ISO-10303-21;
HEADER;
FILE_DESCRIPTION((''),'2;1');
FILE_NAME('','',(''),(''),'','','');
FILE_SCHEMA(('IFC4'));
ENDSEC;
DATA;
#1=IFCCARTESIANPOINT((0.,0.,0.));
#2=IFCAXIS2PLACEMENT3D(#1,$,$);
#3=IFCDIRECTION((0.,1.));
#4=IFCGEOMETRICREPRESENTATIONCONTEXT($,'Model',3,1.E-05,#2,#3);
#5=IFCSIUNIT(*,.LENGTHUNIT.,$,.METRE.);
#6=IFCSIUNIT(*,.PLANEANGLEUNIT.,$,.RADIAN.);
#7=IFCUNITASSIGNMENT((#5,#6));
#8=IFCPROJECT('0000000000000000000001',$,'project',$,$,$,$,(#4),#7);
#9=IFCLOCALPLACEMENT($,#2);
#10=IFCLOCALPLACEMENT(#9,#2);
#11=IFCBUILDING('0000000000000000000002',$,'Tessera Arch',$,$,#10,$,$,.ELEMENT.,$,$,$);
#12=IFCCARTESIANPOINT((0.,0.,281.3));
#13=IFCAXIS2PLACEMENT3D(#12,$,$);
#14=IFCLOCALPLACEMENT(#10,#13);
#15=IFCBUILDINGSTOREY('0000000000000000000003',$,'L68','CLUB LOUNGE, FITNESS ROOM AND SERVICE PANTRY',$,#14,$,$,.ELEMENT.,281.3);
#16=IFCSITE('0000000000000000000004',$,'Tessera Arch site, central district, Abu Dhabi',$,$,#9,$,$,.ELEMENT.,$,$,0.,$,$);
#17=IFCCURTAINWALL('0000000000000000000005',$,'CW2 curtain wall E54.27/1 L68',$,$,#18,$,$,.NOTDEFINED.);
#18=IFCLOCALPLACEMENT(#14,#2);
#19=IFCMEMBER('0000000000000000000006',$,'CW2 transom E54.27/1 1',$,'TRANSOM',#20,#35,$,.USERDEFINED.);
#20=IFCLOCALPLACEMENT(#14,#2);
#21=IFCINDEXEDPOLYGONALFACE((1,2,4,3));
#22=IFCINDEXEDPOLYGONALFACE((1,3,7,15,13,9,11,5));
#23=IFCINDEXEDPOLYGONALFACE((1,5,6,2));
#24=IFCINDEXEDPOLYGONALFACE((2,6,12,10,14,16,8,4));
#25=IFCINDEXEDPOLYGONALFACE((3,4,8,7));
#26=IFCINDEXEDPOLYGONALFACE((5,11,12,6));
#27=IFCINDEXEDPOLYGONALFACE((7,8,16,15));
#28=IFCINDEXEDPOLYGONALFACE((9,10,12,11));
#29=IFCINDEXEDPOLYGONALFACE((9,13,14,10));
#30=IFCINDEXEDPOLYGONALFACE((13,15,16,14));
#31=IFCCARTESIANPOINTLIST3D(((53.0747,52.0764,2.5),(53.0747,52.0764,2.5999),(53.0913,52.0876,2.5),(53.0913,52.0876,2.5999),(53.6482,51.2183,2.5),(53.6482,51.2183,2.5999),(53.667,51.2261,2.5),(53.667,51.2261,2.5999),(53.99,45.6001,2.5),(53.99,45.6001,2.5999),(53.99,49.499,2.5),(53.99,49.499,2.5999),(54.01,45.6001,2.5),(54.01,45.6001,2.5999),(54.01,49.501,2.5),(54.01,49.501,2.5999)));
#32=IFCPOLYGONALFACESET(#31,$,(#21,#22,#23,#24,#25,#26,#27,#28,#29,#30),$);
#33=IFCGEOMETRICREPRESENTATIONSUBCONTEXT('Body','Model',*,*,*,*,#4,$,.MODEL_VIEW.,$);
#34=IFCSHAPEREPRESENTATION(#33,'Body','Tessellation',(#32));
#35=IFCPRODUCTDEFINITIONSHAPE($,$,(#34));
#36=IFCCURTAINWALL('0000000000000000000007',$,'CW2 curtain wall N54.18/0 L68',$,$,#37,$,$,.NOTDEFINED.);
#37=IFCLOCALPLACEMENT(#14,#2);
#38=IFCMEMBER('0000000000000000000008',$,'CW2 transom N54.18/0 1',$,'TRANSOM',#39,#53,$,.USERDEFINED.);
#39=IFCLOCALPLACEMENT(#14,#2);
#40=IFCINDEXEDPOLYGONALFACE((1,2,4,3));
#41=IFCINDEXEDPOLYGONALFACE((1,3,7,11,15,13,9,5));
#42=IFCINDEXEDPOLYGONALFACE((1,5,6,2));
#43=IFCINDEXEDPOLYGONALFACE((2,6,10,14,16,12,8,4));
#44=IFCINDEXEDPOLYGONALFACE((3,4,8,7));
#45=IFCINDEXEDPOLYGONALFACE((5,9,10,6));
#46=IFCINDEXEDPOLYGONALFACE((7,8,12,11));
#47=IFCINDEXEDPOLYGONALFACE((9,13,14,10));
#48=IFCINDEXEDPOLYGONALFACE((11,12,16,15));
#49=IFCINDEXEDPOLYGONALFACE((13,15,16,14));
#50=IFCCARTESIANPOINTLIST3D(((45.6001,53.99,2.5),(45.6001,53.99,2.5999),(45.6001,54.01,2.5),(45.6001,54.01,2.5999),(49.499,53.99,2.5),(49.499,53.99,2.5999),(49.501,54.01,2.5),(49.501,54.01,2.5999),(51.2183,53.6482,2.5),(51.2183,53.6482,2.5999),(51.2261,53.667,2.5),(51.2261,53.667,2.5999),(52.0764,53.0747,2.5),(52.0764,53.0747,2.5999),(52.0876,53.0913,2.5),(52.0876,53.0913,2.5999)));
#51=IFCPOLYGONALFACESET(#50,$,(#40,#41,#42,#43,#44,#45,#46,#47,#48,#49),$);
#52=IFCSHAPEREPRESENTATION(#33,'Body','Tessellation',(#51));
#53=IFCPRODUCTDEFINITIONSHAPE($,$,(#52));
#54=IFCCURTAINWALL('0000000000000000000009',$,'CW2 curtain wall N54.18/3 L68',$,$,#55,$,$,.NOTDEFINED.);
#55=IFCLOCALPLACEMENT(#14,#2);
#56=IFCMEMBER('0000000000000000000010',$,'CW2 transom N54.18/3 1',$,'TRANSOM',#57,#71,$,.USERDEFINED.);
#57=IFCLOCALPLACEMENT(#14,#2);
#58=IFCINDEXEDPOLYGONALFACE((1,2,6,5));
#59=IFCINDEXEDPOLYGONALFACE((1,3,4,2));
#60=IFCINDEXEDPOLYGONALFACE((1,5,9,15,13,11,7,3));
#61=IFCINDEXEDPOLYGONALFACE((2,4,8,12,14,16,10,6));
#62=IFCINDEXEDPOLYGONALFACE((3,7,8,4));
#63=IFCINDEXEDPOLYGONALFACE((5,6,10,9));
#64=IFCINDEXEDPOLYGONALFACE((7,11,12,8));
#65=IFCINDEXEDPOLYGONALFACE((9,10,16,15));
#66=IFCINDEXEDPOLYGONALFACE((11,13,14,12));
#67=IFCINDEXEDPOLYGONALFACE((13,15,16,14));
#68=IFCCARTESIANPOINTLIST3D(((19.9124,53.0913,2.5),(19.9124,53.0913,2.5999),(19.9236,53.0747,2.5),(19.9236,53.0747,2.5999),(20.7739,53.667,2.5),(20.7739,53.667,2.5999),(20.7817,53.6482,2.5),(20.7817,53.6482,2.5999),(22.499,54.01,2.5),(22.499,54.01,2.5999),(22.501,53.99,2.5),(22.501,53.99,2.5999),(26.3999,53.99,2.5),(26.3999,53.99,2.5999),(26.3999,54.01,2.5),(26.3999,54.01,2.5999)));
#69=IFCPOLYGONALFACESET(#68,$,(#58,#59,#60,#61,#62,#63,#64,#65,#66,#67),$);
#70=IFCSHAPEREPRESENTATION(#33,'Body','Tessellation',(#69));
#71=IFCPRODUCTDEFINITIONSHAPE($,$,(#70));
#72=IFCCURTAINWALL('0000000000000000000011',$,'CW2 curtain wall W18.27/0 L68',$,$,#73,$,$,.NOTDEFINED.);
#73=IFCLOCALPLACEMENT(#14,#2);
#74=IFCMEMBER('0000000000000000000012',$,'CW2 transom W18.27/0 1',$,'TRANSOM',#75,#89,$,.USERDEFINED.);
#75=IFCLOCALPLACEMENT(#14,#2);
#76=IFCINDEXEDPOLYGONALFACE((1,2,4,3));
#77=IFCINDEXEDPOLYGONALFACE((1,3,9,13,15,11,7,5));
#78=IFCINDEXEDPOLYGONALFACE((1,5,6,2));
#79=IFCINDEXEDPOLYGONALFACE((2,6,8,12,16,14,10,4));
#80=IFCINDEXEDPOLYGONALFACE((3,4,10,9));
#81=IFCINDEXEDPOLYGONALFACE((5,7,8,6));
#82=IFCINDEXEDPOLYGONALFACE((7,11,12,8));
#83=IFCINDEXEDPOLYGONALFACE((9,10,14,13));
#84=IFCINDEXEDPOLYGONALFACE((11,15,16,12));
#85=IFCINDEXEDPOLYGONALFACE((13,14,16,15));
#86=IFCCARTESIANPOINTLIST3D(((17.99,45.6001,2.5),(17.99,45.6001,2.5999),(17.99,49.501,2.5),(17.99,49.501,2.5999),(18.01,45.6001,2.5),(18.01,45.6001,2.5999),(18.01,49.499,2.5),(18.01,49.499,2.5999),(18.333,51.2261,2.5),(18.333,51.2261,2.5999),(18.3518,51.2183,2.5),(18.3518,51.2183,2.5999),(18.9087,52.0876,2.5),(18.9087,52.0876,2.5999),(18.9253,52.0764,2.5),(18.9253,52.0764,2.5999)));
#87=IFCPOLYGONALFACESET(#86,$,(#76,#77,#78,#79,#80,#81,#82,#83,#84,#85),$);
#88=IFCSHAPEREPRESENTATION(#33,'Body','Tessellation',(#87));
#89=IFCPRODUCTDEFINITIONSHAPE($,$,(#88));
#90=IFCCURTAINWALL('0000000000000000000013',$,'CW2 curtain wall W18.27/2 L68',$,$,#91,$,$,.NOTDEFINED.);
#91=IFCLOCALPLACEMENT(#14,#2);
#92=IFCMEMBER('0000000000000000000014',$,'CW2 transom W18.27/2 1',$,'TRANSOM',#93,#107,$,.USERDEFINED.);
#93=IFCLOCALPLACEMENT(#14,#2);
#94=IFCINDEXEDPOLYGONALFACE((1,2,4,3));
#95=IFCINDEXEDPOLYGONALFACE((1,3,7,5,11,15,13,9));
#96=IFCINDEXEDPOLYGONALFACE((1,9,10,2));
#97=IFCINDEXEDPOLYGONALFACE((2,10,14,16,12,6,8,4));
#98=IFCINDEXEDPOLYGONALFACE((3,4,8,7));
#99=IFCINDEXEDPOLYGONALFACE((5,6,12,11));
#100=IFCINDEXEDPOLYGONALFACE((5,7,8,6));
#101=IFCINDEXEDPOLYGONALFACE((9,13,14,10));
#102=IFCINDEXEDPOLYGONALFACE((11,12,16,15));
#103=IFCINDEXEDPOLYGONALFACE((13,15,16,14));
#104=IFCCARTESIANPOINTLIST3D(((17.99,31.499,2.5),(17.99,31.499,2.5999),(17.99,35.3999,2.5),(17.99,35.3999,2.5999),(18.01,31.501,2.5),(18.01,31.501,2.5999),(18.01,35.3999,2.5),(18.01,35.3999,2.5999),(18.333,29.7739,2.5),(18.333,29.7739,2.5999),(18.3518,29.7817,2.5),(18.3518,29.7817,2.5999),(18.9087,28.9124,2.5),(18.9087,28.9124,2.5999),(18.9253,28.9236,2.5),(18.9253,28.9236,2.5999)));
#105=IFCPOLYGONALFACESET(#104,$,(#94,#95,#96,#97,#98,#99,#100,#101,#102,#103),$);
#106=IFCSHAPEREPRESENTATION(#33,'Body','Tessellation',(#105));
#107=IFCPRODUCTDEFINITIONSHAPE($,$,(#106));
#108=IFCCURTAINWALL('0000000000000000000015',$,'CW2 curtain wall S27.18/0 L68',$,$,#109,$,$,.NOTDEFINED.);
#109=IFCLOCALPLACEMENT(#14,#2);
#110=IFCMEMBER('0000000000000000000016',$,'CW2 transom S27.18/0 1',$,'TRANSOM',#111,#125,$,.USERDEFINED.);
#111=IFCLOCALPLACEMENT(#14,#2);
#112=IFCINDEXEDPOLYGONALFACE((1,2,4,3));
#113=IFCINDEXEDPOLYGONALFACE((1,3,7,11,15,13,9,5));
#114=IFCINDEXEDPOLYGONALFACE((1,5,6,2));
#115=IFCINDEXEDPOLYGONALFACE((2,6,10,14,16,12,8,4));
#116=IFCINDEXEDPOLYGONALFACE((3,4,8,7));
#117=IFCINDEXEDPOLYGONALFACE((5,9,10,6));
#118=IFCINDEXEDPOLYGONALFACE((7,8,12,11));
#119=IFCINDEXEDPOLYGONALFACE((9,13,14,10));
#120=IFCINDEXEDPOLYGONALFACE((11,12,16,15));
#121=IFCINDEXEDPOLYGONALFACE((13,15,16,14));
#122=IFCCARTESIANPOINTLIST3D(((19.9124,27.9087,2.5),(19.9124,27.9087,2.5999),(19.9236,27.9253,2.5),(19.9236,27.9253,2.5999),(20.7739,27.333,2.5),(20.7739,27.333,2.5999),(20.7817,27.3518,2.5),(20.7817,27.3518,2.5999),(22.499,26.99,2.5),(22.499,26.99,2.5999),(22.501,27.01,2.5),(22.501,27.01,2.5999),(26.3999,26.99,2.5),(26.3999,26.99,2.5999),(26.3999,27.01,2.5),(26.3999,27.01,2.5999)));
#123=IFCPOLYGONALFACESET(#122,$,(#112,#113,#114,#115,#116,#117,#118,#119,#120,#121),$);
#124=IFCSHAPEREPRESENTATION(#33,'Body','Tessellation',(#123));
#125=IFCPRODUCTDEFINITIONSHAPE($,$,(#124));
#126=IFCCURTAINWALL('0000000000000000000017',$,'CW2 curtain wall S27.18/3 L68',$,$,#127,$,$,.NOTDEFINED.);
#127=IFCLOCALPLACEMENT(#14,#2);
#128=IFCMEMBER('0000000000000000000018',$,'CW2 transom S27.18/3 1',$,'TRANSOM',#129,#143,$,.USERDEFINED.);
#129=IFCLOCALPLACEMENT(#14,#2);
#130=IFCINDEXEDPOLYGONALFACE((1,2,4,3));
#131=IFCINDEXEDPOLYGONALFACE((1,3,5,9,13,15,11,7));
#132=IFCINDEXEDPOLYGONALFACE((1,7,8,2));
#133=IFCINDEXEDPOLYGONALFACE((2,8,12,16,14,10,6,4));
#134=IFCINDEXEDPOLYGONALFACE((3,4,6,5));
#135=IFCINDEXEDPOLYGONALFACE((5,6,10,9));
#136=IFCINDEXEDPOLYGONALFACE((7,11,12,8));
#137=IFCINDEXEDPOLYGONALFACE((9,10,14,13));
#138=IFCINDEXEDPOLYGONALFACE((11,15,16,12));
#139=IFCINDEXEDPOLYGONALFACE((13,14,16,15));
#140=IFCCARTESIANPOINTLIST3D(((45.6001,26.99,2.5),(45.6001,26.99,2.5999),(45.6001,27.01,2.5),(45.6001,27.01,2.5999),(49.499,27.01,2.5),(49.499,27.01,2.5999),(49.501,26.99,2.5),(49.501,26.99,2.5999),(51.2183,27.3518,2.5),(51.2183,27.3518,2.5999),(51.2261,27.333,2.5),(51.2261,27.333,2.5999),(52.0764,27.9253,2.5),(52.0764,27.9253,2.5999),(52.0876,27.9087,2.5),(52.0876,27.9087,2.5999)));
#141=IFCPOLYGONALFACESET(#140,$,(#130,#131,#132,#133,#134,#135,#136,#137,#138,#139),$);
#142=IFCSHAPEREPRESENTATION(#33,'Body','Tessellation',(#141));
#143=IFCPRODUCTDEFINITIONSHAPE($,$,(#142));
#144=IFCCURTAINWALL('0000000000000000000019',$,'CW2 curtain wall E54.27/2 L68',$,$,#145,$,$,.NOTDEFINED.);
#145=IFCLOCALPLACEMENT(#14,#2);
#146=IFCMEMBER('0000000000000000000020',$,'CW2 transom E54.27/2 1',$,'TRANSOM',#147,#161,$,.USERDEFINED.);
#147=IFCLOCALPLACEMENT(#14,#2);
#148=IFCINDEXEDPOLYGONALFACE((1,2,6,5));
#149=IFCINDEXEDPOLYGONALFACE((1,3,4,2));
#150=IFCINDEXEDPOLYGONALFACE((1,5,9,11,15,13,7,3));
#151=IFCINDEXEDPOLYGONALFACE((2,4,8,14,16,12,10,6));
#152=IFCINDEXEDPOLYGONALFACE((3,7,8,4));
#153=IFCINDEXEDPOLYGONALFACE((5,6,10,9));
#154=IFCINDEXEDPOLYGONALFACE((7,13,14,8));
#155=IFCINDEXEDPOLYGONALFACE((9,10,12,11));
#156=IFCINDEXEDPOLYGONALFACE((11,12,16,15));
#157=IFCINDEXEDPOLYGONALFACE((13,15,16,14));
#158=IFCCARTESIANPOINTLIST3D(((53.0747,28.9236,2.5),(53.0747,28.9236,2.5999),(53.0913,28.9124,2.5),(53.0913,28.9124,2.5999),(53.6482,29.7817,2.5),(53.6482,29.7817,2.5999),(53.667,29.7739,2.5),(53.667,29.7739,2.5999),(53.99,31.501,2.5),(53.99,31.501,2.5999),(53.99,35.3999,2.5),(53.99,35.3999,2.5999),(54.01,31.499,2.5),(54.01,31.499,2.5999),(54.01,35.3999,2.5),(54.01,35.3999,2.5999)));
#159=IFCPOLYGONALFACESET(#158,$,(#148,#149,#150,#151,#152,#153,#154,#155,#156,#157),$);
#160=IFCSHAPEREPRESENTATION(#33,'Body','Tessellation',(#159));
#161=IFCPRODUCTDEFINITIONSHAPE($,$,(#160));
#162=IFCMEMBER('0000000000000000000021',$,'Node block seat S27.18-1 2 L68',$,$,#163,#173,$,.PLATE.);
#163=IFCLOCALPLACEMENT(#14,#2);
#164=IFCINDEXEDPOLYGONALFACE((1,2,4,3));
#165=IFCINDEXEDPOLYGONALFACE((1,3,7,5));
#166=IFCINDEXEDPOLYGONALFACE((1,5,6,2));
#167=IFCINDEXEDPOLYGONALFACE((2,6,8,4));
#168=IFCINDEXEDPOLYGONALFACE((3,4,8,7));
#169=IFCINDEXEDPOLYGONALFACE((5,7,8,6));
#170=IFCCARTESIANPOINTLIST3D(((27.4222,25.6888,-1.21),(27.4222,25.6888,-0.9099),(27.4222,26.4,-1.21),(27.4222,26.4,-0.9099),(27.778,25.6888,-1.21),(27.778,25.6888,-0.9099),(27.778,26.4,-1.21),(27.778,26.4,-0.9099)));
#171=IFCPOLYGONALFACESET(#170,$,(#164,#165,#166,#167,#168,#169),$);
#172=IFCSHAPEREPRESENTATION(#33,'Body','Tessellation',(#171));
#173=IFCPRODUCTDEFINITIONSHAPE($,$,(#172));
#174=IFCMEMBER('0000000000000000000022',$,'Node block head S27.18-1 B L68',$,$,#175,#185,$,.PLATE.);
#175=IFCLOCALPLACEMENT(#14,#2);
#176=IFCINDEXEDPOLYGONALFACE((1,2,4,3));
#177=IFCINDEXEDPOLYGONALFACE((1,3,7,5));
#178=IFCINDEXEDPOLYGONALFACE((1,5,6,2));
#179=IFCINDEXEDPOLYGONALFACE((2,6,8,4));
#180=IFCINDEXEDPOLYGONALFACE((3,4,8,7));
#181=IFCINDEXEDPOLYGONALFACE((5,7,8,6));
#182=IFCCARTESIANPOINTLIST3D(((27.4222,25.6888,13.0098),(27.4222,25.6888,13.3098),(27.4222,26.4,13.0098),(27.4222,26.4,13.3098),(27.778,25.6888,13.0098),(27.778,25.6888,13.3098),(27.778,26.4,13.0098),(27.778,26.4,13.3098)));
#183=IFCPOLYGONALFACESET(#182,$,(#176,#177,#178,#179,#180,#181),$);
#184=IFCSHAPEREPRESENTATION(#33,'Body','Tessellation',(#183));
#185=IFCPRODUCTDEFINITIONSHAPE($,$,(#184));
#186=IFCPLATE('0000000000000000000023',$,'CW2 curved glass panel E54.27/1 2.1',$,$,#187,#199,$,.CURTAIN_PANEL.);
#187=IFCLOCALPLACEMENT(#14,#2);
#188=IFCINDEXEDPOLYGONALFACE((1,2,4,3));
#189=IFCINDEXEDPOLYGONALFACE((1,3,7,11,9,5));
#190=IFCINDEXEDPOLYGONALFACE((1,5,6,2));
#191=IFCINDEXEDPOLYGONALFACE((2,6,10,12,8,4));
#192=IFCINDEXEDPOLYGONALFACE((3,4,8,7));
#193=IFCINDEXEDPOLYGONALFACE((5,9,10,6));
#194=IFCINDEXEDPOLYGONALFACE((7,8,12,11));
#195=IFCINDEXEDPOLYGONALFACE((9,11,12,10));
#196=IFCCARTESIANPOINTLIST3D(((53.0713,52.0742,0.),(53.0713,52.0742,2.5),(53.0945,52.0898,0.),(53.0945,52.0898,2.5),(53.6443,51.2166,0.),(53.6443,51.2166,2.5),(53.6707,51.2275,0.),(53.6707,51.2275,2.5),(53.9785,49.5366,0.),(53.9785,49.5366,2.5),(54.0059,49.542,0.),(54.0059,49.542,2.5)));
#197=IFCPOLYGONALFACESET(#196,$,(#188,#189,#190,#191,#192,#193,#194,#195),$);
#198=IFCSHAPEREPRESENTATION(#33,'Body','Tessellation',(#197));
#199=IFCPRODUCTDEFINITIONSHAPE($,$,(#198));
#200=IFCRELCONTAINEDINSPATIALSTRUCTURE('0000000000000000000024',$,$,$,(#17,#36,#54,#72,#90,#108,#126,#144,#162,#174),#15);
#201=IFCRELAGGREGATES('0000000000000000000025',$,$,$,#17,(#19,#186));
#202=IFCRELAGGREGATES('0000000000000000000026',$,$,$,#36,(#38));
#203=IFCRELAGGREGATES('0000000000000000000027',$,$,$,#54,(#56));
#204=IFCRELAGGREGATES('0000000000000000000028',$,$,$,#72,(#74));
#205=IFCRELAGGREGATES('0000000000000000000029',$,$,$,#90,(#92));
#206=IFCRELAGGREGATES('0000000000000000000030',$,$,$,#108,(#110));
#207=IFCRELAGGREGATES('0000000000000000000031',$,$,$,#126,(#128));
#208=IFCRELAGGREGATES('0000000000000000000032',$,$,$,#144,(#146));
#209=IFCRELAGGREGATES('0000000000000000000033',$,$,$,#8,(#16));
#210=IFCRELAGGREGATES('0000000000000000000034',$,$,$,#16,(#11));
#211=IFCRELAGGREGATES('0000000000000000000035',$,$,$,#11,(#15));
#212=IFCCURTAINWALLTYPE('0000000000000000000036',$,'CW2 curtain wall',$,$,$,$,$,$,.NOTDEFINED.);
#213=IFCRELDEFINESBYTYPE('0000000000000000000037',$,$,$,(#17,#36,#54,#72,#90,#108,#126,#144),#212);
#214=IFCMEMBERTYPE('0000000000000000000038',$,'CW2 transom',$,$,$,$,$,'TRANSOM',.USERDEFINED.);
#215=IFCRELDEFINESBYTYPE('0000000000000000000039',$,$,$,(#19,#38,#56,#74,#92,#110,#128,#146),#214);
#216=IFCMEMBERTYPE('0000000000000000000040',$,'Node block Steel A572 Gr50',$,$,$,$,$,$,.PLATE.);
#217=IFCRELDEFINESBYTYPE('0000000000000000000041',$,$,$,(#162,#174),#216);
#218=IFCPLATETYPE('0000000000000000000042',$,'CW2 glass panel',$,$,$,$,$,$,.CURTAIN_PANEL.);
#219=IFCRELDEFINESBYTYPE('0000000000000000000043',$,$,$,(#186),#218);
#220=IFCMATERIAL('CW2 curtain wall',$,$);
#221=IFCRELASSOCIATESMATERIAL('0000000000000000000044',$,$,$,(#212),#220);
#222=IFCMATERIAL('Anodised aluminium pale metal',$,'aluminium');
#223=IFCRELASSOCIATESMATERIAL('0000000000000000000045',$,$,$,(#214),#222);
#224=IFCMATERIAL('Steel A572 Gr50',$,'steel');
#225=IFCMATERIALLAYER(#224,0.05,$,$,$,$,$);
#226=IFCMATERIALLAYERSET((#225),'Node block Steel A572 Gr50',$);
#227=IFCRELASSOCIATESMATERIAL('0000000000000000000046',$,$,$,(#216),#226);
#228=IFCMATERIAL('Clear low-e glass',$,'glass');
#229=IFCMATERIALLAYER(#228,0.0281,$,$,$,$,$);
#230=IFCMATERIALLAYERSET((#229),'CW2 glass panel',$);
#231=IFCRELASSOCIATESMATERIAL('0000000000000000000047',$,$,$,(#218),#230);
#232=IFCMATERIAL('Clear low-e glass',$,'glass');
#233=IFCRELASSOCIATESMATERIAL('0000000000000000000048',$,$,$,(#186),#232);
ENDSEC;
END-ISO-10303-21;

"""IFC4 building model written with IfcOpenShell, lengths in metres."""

from ifc_helpers import new_model, si_unit, direction, frame, origin, origin_2d, place, context, subcontext, project, spatial, polyline, rectangle, outline, extrude, material, layer, layer_set, material_profile, profile_set, type_object, element, aggregate, save


model = new_model("IFC4")

# Units and contexts
model_context = context("Model", 3, precision=1e-05, world=origin(), true_north=direction((0.0, 1.0)))
body_context = subcontext(model_context, "Body", "Model", "MODEL_VIEW")
ifc_project = project(units=[si_unit("LENGTHUNIT", "METRE"), si_unit("PLANEANGLEUNIT", "RADIAN")], contexts=[model_context])

# Site, building, storey
site_placement = place(None, origin())
site = spatial("IfcSite", under=ifc_project, at=site_placement, Name="Tessera Arch site, central district, Abu Dhabi", CompositionType="ELEMENT", RefElevation=0.0)
building_placement = place(site_placement, origin())
building = spatial("IfcBuilding", under=site, at=building_placement, Name="Tessera Arch", CompositionType="ELEMENT")
storey_placement = place(building_placement, frame((0.0, 0.0, 281.3)))
storey = spatial("IfcBuildingStorey", under=building, at=storey_placement, Name="L68", Description="CLUB LOUNGE, FITNESS ROOM AND SERVICE PANTRY", CompositionType="ELEMENT", Elevation=281.3)

# Curtain walls, members
ifc_material_1 = material(Name="CW2 curtain wall")
curtain_wall_type = type_object("IfcCurtainWallType", Name="CW2 curtain wall", PredefinedType="NOTDEFINED", material=ifc_material_1)
curtain_wall_1_placement = place(storey_placement, origin())
curtain_wall_1 = element("IfcCurtainWall", 1, at=curtain_wall_1_placement, inside=storey, type_object=curtain_wall_type, Name="CW2 curtain wall E54.27/1 L68", PredefinedType="NOTDEFINED")
ifc_material_2 = material(Name="Anodised aluminium pale metal", Category="aluminium")
ifc_material_profile = material_profile(ifc_material_2, rectangle(XDim=0.2, YDim=0.1001, at=origin_2d()), Name="AL 200x100")
ifc_profile_set = profile_set([ifc_material_profile], Name="Anodised aluminium pale metal")
member_type_1 = type_object("IfcMemberType", Name="CW2 transom", ElementType="TRANSOM", PredefinedType="USERDEFINED", material=ifc_profile_set)
member_1_placement = place(storey_placement, frame((0.0, 0.0, 2.5)))
member_1 = element("IfcMember", 2, at=member_1_placement, type_object=member_type_1, Name="CW2 transom E54.27/1 1", ObjectType="TRANSOM", PredefinedType="USERDEFINED", context=body_context, shape_type="SweptSolid", body=[
    extrude(outline(polyline([(53.99, 49.499), (53.99, 45.6001), (54.01, 45.6001), (54.01, 49.501), (53.667, 51.2261), (53.0913, 52.0876), (53.0747, 52.0764), (53.6482, 51.2183), (53.99, 49.499)])), origin(), (0.0, 0.0, 1.0), 0.0999),
])
curtain_wall_2_placement = place(storey_placement, origin())
curtain_wall_2 = element("IfcCurtainWall", 3, at=curtain_wall_2_placement, inside=storey, type_object=curtain_wall_type, Name="CW2 curtain wall N54.18/0 L68", PredefinedType="NOTDEFINED")
member_2_placement = place(storey_placement, frame((0.0, 0.0, 2.5)))
member_2 = element("IfcMember", 4, at=member_2_placement, type_object=member_type_1, Name="CW2 transom N54.18/0 1", ObjectType="TRANSOM", PredefinedType="USERDEFINED", context=body_context, shape_type="SweptSolid", body=[
    extrude(outline(polyline([(51.2183, 53.6482), (52.0764, 53.0747), (52.0876, 53.0913), (51.2261, 53.667), (49.501, 54.01), (45.6001, 54.01), (45.6001, 53.99), (49.499, 53.99), (51.2183, 53.6482)])), origin(), (0.0, 0.0, 1.0), 0.0999),
])
curtain_wall_3_placement = place(storey_placement, origin())
curtain_wall_3 = element("IfcCurtainWall", 5, at=curtain_wall_3_placement, inside=storey, type_object=curtain_wall_type, Name="CW2 curtain wall N54.18/3 L68", PredefinedType="NOTDEFINED")
member_3_placement = place(storey_placement, frame((0.0, 0.0, 2.5)))
member_3 = element("IfcMember", 6, at=member_3_placement, type_object=member_type_1, Name="CW2 transom N54.18/3 1", ObjectType="TRANSOM", PredefinedType="USERDEFINED", context=body_context, shape_type="SweptSolid", body=[
    extrude(outline(polyline([(22.501, 53.99), (26.3999, 53.99), (26.3999, 54.01), (22.499, 54.01), (20.7739, 53.667), (19.9124, 53.0913), (19.9236, 53.0747), (20.7817, 53.6482), (22.501, 53.99)])), origin(), (0.0, 0.0, 1.0), 0.0999),
])
curtain_wall_4_placement = place(storey_placement, origin())
curtain_wall_4 = element("IfcCurtainWall", 7, at=curtain_wall_4_placement, inside=storey, type_object=curtain_wall_type, Name="CW2 curtain wall W18.27/0 L68", PredefinedType="NOTDEFINED")
member_4_placement = place(storey_placement, frame((0.0, 0.0, 2.5)))
member_4 = element("IfcMember", 8, at=member_4_placement, type_object=member_type_1, Name="CW2 transom W18.27/0 1", ObjectType="TRANSOM", PredefinedType="USERDEFINED", context=body_context, shape_type="SweptSolid", body=[
    extrude(outline(polyline([(18.3518, 51.2183), (18.9253, 52.0764), (18.9087, 52.0876), (18.333, 51.2261), (17.99, 49.501), (17.99, 45.6001), (18.01, 45.6001), (18.01, 49.499), (18.3518, 51.2183)])), origin(), (0.0, 0.0, 1.0), 0.0999),
])
curtain_wall_5_placement = place(storey_placement, origin())
curtain_wall_5 = element("IfcCurtainWall", 9, at=curtain_wall_5_placement, inside=storey, type_object=curtain_wall_type, Name="CW2 curtain wall W18.27/2 L68", PredefinedType="NOTDEFINED")
member_5_placement = place(storey_placement, frame((0.0, 0.0, 2.5)))
member_5 = element("IfcMember", 10, at=member_5_placement, type_object=member_type_1, Name="CW2 transom W18.27/2 1", ObjectType="TRANSOM", PredefinedType="USERDEFINED", context=body_context, shape_type="SweptSolid", body=[
    extrude(outline(polyline([(18.01, 31.501), (18.01, 35.3999), (17.99, 35.3999), (17.99, 31.499), (18.333, 29.7739), (18.9087, 28.9124), (18.9253, 28.9236), (18.3518, 29.7817), (18.01, 31.501)])), origin(), (0.0, 0.0, 1.0), 0.0999),
])
curtain_wall_6_placement = place(storey_placement, origin())
curtain_wall_6 = element("IfcCurtainWall", 11, at=curtain_wall_6_placement, inside=storey, type_object=curtain_wall_type, Name="CW2 curtain wall S27.18/0 L68", PredefinedType="NOTDEFINED")
member_6_placement = place(storey_placement, frame((0.0, 0.0, 2.5)))
member_6 = element("IfcMember", 12, at=member_6_placement, type_object=member_type_1, Name="CW2 transom S27.18/0 1", ObjectType="TRANSOM", PredefinedType="USERDEFINED", context=body_context, shape_type="SweptSolid", body=[
    extrude(outline(polyline([(20.7817, 27.3518), (19.9236, 27.9253), (19.9124, 27.9087), (20.7739, 27.333), (22.499, 26.99), (26.3999, 26.99), (26.3999, 27.01), (22.501, 27.01), (20.7817, 27.3518)])), origin(), (0.0, 0.0, 1.0), 0.0999),
])
curtain_wall_7_placement = place(storey_placement, origin())
curtain_wall_7 = element("IfcCurtainWall", 13, at=curtain_wall_7_placement, inside=storey, type_object=curtain_wall_type, Name="CW2 curtain wall S27.18/3 L68", PredefinedType="NOTDEFINED")
member_7_placement = place(storey_placement, frame((0.0, 0.0, 2.5)))
member_7 = element("IfcMember", 14, at=member_7_placement, type_object=member_type_1, Name="CW2 transom S27.18/3 1", ObjectType="TRANSOM", PredefinedType="USERDEFINED", context=body_context, shape_type="SweptSolid", body=[
    extrude(outline(polyline([(49.499, 27.01), (45.6001, 27.01), (45.6001, 26.99), (49.501, 26.99), (51.2261, 27.333), (52.0876, 27.9087), (52.0764, 27.9253), (51.2183, 27.3518), (49.499, 27.01)])), origin(), (0.0, 0.0, 1.0), 0.0999),
])
curtain_wall_8_placement = place(storey_placement, origin())
curtain_wall_8 = element("IfcCurtainWall", 15, at=curtain_wall_8_placement, inside=storey, type_object=curtain_wall_type, Name="CW2 curtain wall E54.27/2 L68", PredefinedType="NOTDEFINED")
member_8_placement = place(storey_placement, frame((0.0, 0.0, 2.5)))
member_8 = element("IfcMember", 16, at=member_8_placement, type_object=member_type_1, Name="CW2 transom E54.27/2 1", ObjectType="TRANSOM", PredefinedType="USERDEFINED", context=body_context, shape_type="SweptSolid", body=[
    extrude(outline(polyline([(53.6482, 29.7817), (53.0747, 28.9236), (53.0913, 28.9124), (53.667, 29.7739), (54.01, 31.499), (54.01, 35.3999), (53.99, 35.3999), (53.99, 31.501), (53.6482, 29.7817)])), origin(), (0.0, 0.0, 1.0), 0.0999),
])

# Members
ifc_material_3 = material(Name="Steel A572 Gr50", Category="steel")
ifc_layer_1 = layer(ifc_material_3, 0.05)
ifc_layer_set_1 = layer_set([ifc_layer_1], Name="Node block Steel A572 Gr50")
member_type_2 = type_object("IfcMemberType", Name="Node block Steel A572 Gr50", PredefinedType="PLATE", material=ifc_layer_set_1)
for number, where, z_axis, x_axis, name in (
    (17, (27.6001, 26.0444, -1.21), (0.0, 0.0, 1.0), (1.0, 0.0, 0.0), "Node block seat S27.18-1 2 L68"),
    (18, (27.6001, 26.0444, 13.0098), (0.0, 0.0, 1.0), (1.0, 0.0, 0.0), "Node block head S27.18-1 B L68"),
):
    element("IfcMember", number, at=place(storey_placement, frame(where, z_axis=z_axis, x_axis=x_axis)), inside=storey, type_object=member_type_2, Name=name, PredefinedType="PLATE", context=body_context, shape_type="SweptSolid", body=[
        extrude(rectangle(XDim=0.3557, YDim=0.7112, at=origin_2d()), origin(), (0.0, 0.0, 1.0), 0.3),
    ])

# Plate
ifc_material_4 = material(Name="Clear low-e glass", Category="glass")
ifc_material_5 = material(Name="Clear low-e glass", Category="glass")
ifc_layer_2 = layer(ifc_material_5, 0.0281)
ifc_layer_set_2 = layer_set([ifc_layer_2], Name="CW2 glass panel")
plate_type_1 = type_object("IfcPlateType", Name="CW2 glass panel", PredefinedType="CURTAIN_PANEL", material=ifc_layer_set_2)
plate_1_placement = place(storey_placement, origin())
plate_1 = element("IfcPlate", 19, at=plate_1_placement, type_object=plate_type_1, material=ifc_material_4, Name="CW2 curved glass panel E54.27/1 2.1", PredefinedType="CURTAIN_PANEL", context=body_context, shape_type="SweptSolid", body=[
    extrude(outline(polyline([(53.6443, 51.2166), (53.9785, 49.5366), (54.0059, 49.542), (53.6707, 51.2275), (53.0945, 52.0898), (53.0713, 52.0742), (53.6443, 51.2166)])), origin(), (0.0, 0.0, 1.0), 2.5),
])
aggregate(curtain_wall_1, [member_1, plate_1])
aggregate(curtain_wall_2, [member_2])
aggregate(curtain_wall_3, [member_3])
aggregate(curtain_wall_4, [member_4])
aggregate(curtain_wall_5, [member_5])
aggregate(curtain_wall_6, [member_6])
aggregate(curtain_wall_7, [member_7])
aggregate(curtain_wall_8, [member_8])

save(model, "model.ifc")
